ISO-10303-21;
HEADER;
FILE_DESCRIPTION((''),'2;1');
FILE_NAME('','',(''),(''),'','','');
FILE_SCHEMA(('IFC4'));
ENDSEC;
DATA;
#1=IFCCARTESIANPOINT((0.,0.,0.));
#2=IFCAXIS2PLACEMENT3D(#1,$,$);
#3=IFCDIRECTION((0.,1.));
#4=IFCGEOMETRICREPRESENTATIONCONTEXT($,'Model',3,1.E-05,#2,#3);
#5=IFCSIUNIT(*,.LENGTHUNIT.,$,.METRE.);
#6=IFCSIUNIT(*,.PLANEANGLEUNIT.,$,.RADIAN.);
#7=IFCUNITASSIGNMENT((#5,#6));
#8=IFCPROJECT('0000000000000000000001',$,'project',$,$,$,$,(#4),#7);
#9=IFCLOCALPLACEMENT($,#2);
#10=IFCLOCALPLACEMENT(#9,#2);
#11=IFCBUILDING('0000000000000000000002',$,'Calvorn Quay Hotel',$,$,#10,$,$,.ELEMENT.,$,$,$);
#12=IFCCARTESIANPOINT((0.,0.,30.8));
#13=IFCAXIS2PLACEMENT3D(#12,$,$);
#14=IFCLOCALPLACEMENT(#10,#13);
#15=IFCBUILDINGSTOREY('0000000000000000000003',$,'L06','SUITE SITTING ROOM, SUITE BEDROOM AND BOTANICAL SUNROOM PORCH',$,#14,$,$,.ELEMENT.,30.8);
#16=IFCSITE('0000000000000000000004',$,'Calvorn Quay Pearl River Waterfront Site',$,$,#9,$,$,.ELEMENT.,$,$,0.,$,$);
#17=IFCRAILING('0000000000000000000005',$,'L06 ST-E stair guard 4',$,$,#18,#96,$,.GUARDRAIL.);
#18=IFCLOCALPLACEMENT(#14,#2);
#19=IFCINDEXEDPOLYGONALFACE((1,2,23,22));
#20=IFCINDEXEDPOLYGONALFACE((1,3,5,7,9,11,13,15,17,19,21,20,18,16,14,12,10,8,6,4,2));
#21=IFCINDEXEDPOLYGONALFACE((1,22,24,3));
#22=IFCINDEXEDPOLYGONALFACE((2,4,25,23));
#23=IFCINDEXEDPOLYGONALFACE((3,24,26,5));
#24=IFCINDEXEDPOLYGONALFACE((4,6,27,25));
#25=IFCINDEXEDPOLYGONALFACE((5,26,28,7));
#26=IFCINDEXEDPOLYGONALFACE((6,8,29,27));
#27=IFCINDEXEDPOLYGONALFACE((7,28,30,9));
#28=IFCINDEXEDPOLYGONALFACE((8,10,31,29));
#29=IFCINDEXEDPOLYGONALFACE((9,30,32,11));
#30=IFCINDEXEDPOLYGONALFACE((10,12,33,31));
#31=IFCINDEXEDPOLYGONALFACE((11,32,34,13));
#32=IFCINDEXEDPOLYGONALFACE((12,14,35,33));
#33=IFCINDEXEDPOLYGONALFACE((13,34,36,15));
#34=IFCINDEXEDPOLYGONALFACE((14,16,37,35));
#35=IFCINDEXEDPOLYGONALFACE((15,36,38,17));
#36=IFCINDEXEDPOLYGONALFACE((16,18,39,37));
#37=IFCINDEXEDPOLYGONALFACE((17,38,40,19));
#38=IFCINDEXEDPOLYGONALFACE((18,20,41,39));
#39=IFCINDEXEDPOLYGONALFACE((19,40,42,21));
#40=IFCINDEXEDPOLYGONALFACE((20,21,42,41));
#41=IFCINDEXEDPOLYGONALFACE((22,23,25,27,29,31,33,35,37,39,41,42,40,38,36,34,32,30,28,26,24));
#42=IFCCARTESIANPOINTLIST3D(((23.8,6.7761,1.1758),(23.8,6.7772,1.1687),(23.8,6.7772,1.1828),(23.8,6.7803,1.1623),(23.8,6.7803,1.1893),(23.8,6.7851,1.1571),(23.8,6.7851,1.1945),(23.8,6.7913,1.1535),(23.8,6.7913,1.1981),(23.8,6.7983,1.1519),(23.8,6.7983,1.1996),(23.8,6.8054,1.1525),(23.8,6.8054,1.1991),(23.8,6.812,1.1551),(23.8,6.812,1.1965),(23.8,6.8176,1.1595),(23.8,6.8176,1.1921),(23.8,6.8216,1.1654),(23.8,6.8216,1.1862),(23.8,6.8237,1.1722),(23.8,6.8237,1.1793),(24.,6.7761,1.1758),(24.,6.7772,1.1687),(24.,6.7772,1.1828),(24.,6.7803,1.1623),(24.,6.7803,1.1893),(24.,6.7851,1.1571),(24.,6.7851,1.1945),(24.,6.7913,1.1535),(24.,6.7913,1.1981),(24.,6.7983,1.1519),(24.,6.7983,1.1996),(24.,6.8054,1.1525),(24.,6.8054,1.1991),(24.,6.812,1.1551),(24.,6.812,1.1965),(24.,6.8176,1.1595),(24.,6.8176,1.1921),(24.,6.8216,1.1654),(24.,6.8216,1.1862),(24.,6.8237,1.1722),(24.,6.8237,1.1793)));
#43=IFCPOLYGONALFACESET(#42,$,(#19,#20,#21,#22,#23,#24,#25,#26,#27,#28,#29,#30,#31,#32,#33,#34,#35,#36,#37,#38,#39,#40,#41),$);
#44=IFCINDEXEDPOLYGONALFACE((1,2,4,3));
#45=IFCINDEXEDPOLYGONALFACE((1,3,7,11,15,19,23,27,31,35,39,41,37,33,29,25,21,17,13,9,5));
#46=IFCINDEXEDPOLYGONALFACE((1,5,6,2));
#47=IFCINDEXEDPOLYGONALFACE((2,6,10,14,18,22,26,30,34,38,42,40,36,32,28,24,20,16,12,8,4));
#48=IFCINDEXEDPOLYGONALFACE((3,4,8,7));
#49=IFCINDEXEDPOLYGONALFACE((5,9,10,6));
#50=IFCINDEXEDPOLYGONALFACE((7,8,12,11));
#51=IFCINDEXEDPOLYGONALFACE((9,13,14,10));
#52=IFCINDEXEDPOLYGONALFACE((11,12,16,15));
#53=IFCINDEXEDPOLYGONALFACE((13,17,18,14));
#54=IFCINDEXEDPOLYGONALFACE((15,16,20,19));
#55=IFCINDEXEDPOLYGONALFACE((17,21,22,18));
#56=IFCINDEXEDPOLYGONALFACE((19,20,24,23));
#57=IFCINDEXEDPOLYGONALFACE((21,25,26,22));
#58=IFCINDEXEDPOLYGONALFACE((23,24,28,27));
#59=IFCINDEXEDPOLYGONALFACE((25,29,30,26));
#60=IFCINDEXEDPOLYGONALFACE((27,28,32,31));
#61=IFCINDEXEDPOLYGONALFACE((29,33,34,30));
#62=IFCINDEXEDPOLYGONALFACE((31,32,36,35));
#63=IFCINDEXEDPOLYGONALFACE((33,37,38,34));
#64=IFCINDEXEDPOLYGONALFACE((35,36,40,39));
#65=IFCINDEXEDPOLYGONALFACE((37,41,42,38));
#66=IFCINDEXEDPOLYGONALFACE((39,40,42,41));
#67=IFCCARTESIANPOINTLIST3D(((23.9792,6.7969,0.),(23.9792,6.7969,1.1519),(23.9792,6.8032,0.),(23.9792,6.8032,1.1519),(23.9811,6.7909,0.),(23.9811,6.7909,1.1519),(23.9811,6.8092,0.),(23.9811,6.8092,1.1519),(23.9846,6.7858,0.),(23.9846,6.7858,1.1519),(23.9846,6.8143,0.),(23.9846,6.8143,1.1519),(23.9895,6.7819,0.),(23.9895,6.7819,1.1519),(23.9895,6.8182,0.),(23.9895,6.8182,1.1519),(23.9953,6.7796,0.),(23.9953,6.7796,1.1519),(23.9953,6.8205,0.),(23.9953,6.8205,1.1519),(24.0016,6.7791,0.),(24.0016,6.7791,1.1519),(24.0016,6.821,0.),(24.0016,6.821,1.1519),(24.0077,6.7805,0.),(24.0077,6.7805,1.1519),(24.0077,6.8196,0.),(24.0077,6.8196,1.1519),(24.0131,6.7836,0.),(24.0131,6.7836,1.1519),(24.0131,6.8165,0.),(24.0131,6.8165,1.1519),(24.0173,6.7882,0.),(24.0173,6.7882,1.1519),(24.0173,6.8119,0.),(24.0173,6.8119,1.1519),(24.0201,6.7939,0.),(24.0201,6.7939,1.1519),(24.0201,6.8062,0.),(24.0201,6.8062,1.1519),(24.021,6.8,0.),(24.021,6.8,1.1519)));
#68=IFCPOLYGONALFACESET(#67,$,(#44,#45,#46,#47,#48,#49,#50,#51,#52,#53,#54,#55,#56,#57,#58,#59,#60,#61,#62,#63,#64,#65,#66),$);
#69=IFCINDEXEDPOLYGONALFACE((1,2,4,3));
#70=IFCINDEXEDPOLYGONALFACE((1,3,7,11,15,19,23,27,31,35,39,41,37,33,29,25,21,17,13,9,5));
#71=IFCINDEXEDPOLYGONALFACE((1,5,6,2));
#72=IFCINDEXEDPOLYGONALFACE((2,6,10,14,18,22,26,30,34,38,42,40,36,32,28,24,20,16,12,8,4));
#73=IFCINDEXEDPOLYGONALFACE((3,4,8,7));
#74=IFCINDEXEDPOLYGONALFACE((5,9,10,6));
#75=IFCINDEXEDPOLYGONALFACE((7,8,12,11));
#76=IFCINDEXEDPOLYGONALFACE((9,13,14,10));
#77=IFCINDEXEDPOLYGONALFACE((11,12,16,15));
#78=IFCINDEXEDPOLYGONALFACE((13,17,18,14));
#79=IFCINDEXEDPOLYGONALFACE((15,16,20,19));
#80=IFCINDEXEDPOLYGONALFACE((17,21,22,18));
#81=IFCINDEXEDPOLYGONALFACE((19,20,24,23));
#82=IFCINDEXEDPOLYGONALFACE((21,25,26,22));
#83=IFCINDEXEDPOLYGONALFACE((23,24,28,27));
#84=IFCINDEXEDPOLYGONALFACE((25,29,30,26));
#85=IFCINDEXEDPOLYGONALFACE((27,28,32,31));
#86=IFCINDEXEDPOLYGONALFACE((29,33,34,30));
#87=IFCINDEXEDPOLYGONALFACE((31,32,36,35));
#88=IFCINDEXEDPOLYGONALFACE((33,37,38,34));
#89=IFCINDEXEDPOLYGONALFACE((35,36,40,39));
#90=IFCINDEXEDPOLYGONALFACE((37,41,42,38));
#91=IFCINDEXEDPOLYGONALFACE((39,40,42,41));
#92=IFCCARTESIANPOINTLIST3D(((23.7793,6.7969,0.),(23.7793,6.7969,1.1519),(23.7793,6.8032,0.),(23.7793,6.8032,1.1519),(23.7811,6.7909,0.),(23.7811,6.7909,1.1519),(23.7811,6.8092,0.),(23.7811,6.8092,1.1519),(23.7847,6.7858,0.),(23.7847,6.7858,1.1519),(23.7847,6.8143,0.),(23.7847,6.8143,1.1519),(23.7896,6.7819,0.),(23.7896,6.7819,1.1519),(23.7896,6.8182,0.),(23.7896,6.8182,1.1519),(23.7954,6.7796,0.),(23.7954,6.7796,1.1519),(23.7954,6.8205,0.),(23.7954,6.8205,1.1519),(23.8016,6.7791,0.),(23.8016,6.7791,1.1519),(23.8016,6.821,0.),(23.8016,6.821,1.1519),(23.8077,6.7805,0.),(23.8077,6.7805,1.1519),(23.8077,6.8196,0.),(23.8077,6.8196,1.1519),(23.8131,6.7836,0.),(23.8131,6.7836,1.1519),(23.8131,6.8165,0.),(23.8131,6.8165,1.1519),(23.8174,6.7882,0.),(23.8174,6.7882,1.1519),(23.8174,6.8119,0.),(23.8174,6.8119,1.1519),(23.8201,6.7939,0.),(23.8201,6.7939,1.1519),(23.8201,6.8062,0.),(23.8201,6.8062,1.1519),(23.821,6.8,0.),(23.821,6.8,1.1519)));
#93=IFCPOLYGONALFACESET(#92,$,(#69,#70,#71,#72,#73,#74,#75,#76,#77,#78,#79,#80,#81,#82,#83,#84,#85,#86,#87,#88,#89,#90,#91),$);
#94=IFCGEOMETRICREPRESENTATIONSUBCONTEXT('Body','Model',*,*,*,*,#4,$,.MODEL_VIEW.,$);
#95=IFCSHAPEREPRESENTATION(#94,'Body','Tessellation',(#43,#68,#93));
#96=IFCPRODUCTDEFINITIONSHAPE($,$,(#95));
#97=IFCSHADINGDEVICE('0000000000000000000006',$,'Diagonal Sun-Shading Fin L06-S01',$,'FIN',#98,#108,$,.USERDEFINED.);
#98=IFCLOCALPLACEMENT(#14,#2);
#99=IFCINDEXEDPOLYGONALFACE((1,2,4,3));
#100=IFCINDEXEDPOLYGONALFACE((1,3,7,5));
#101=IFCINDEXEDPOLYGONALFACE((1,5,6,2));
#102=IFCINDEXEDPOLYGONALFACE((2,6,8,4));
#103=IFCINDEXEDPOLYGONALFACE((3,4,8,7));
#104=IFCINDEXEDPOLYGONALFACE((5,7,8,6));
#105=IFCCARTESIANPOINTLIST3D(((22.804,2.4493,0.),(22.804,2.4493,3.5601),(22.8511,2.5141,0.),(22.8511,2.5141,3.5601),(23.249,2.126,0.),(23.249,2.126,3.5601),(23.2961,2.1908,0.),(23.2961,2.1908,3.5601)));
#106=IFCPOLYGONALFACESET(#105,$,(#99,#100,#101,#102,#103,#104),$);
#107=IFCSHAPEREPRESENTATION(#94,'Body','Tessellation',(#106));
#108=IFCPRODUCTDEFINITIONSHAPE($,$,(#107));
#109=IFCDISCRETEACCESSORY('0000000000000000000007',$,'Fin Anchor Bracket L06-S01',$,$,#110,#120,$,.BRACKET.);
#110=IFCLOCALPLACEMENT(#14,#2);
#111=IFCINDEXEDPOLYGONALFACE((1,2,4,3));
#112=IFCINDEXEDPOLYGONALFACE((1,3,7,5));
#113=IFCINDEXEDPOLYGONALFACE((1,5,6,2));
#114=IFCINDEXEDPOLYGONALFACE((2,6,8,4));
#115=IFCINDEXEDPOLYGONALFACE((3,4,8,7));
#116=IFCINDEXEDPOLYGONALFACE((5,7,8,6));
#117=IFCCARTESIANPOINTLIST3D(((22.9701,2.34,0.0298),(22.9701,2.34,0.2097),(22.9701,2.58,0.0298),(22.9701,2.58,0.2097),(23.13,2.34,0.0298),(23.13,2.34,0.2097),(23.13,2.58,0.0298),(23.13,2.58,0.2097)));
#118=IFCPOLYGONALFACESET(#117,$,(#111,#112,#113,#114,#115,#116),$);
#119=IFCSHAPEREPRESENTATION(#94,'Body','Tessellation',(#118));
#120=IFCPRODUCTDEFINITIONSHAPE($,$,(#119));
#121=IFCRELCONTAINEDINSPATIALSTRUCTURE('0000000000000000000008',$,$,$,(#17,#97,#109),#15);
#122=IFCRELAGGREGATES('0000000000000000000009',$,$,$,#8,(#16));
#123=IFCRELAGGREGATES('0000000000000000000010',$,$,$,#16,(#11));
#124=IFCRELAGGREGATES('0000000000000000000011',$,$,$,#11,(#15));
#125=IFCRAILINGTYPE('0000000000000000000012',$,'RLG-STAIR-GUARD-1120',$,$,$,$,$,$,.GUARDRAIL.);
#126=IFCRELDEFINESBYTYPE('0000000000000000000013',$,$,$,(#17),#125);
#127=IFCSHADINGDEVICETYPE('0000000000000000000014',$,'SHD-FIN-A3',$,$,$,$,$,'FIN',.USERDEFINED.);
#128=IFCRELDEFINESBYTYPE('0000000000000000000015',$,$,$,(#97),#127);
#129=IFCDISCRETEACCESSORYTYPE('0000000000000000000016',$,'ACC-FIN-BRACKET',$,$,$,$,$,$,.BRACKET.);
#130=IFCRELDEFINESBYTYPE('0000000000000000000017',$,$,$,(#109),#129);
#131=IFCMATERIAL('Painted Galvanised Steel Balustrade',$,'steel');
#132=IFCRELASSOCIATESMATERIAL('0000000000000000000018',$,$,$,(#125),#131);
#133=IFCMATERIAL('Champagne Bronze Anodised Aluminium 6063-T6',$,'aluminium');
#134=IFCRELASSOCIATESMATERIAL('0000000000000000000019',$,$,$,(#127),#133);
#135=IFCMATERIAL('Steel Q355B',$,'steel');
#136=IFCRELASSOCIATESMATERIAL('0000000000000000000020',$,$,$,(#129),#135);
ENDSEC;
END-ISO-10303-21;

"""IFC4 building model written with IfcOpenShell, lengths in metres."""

from ifc_helpers import new_model, si_unit, direction, frame, origin, origin_2d, place, context, subcontext, project, spatial, rectangle, circle, extrude, material, type_object, element, save


model = new_model("IFC4")

# Units and contexts
model_context = context("Model", 3, precision=1e-05, world=origin(), true_north=direction((0.0, 1.0)))
body_context = subcontext(model_context, "Body", "Model", "MODEL_VIEW")
ifc_project = project(units=[si_unit("LENGTHUNIT", "METRE"), si_unit("PLANEANGLEUNIT", "RADIAN")], contexts=[model_context])

# Site, building, storey
site_placement = place(None, origin())
site = spatial("IfcSite", under=ifc_project, at=site_placement, Name="Calvorn Quay Pearl River Waterfront Site", CompositionType="ELEMENT", RefElevation=0.0)
building_placement = place(site_placement, origin())
building = spatial("IfcBuilding", under=site, at=building_placement, Name="Calvorn Quay Hotel", CompositionType="ELEMENT")
storey_placement = place(building_placement, frame((0.0, 0.0, 30.8)))
storey = spatial("IfcBuildingStorey", under=building, at=storey_placement, Name="L06", Description="SUITE SITTING ROOM, SUITE BEDROOM AND BOTANICAL SUNROOM PORCH", CompositionType="ELEMENT", Elevation=30.8)

# Railing
ifc_material_1 = material(Name="Painted Galvanised Steel Balustrade", Category="steel")
railing_type_1 = type_object("IfcRailingType", Name="RLG-STAIR-GUARD-1120", PredefinedType="GUARDRAIL", material=ifc_material_1)
railing_1_placement = place(storey_placement, frame((24.0, 6.8, 0.0)))
element("IfcRailing", 1, at=railing_1_placement, inside=storey, type_object=railing_type_1, Name="L06 ST-E stair guard 4", PredefinedType="GUARDRAIL", context=body_context, shape_type="SweptSolid", body=[
    extrude(circle(Radius=0.0239, at=origin_2d()), frame((0.0, 0.0, 1.1758), z_axis=(-1.0, 0.0, 0.0), x_axis=(0.0, -1.0, 0.0)), (0.0, 0.0, 1.0), 0.2),
    extrude(circle(Radius=0.021, at=origin_2d()), origin(), (0.0, 0.0, 1.0), 1.1519),
    extrude(circle(Radius=0.021, at=origin_2d()), frame((-0.2, 0.0, 0.0)), (0.0, 0.0, 1.0), 1.1519),
])

# Shading device
ifc_material_2 = material(Name="Champagne Bronze Anodised Aluminium 6063-T6", Category="aluminium")
shading_device_type = type_object("IfcShadingDeviceType", Name="SHD-FIN-A3", ElementType="FIN", PredefinedType="USERDEFINED", material=ifc_material_2)
shading_device_placement = place(storey_placement, frame((23.05, 2.3201, 0.0), z_axis=(0.0, 0.0, 1.0), x_axis=(-0.809017, 0.587785, 0.0)))
element("IfcShadingDevice", 2, at=shading_device_placement, inside=storey, type_object=shading_device_type, Name="Diagonal Sun-Shading Fin L06-S01", ObjectType="FIN", PredefinedType="USERDEFINED", context=body_context, shape_type="SweptSolid", body=[
    extrude(rectangle(XDim=0.55, YDim=0.0801, at=origin_2d()), origin(), (0.0, 0.0, 1.0), 3.5601),
])

# Discrete accessory
ifc_material_3 = material(Name="Steel Q355B", Category="steel")
discrete_accessory_type = type_object("IfcDiscreteAccessoryType", Name="ACC-FIN-BRACKET", PredefinedType="BRACKET", material=ifc_material_3)
discrete_accessory_placement = place(storey_placement, frame((23.05, 2.46, 0.0298), z_axis=(0.0, 0.0, 1.0), x_axis=(0.0, 1.0, 0.0)))
element("IfcDiscreteAccessory", 3, at=discrete_accessory_placement, inside=storey, type_object=discrete_accessory_type, Name="Fin Anchor Bracket L06-S01", PredefinedType="BRACKET", context=body_context, shape_type="SweptSolid", body=[
    extrude(rectangle(XDim=0.24, YDim=0.1599, at=origin_2d()), origin(), (0.0, 0.0, 1.0), 0.1799),
])

save(model, "model.ifc")
